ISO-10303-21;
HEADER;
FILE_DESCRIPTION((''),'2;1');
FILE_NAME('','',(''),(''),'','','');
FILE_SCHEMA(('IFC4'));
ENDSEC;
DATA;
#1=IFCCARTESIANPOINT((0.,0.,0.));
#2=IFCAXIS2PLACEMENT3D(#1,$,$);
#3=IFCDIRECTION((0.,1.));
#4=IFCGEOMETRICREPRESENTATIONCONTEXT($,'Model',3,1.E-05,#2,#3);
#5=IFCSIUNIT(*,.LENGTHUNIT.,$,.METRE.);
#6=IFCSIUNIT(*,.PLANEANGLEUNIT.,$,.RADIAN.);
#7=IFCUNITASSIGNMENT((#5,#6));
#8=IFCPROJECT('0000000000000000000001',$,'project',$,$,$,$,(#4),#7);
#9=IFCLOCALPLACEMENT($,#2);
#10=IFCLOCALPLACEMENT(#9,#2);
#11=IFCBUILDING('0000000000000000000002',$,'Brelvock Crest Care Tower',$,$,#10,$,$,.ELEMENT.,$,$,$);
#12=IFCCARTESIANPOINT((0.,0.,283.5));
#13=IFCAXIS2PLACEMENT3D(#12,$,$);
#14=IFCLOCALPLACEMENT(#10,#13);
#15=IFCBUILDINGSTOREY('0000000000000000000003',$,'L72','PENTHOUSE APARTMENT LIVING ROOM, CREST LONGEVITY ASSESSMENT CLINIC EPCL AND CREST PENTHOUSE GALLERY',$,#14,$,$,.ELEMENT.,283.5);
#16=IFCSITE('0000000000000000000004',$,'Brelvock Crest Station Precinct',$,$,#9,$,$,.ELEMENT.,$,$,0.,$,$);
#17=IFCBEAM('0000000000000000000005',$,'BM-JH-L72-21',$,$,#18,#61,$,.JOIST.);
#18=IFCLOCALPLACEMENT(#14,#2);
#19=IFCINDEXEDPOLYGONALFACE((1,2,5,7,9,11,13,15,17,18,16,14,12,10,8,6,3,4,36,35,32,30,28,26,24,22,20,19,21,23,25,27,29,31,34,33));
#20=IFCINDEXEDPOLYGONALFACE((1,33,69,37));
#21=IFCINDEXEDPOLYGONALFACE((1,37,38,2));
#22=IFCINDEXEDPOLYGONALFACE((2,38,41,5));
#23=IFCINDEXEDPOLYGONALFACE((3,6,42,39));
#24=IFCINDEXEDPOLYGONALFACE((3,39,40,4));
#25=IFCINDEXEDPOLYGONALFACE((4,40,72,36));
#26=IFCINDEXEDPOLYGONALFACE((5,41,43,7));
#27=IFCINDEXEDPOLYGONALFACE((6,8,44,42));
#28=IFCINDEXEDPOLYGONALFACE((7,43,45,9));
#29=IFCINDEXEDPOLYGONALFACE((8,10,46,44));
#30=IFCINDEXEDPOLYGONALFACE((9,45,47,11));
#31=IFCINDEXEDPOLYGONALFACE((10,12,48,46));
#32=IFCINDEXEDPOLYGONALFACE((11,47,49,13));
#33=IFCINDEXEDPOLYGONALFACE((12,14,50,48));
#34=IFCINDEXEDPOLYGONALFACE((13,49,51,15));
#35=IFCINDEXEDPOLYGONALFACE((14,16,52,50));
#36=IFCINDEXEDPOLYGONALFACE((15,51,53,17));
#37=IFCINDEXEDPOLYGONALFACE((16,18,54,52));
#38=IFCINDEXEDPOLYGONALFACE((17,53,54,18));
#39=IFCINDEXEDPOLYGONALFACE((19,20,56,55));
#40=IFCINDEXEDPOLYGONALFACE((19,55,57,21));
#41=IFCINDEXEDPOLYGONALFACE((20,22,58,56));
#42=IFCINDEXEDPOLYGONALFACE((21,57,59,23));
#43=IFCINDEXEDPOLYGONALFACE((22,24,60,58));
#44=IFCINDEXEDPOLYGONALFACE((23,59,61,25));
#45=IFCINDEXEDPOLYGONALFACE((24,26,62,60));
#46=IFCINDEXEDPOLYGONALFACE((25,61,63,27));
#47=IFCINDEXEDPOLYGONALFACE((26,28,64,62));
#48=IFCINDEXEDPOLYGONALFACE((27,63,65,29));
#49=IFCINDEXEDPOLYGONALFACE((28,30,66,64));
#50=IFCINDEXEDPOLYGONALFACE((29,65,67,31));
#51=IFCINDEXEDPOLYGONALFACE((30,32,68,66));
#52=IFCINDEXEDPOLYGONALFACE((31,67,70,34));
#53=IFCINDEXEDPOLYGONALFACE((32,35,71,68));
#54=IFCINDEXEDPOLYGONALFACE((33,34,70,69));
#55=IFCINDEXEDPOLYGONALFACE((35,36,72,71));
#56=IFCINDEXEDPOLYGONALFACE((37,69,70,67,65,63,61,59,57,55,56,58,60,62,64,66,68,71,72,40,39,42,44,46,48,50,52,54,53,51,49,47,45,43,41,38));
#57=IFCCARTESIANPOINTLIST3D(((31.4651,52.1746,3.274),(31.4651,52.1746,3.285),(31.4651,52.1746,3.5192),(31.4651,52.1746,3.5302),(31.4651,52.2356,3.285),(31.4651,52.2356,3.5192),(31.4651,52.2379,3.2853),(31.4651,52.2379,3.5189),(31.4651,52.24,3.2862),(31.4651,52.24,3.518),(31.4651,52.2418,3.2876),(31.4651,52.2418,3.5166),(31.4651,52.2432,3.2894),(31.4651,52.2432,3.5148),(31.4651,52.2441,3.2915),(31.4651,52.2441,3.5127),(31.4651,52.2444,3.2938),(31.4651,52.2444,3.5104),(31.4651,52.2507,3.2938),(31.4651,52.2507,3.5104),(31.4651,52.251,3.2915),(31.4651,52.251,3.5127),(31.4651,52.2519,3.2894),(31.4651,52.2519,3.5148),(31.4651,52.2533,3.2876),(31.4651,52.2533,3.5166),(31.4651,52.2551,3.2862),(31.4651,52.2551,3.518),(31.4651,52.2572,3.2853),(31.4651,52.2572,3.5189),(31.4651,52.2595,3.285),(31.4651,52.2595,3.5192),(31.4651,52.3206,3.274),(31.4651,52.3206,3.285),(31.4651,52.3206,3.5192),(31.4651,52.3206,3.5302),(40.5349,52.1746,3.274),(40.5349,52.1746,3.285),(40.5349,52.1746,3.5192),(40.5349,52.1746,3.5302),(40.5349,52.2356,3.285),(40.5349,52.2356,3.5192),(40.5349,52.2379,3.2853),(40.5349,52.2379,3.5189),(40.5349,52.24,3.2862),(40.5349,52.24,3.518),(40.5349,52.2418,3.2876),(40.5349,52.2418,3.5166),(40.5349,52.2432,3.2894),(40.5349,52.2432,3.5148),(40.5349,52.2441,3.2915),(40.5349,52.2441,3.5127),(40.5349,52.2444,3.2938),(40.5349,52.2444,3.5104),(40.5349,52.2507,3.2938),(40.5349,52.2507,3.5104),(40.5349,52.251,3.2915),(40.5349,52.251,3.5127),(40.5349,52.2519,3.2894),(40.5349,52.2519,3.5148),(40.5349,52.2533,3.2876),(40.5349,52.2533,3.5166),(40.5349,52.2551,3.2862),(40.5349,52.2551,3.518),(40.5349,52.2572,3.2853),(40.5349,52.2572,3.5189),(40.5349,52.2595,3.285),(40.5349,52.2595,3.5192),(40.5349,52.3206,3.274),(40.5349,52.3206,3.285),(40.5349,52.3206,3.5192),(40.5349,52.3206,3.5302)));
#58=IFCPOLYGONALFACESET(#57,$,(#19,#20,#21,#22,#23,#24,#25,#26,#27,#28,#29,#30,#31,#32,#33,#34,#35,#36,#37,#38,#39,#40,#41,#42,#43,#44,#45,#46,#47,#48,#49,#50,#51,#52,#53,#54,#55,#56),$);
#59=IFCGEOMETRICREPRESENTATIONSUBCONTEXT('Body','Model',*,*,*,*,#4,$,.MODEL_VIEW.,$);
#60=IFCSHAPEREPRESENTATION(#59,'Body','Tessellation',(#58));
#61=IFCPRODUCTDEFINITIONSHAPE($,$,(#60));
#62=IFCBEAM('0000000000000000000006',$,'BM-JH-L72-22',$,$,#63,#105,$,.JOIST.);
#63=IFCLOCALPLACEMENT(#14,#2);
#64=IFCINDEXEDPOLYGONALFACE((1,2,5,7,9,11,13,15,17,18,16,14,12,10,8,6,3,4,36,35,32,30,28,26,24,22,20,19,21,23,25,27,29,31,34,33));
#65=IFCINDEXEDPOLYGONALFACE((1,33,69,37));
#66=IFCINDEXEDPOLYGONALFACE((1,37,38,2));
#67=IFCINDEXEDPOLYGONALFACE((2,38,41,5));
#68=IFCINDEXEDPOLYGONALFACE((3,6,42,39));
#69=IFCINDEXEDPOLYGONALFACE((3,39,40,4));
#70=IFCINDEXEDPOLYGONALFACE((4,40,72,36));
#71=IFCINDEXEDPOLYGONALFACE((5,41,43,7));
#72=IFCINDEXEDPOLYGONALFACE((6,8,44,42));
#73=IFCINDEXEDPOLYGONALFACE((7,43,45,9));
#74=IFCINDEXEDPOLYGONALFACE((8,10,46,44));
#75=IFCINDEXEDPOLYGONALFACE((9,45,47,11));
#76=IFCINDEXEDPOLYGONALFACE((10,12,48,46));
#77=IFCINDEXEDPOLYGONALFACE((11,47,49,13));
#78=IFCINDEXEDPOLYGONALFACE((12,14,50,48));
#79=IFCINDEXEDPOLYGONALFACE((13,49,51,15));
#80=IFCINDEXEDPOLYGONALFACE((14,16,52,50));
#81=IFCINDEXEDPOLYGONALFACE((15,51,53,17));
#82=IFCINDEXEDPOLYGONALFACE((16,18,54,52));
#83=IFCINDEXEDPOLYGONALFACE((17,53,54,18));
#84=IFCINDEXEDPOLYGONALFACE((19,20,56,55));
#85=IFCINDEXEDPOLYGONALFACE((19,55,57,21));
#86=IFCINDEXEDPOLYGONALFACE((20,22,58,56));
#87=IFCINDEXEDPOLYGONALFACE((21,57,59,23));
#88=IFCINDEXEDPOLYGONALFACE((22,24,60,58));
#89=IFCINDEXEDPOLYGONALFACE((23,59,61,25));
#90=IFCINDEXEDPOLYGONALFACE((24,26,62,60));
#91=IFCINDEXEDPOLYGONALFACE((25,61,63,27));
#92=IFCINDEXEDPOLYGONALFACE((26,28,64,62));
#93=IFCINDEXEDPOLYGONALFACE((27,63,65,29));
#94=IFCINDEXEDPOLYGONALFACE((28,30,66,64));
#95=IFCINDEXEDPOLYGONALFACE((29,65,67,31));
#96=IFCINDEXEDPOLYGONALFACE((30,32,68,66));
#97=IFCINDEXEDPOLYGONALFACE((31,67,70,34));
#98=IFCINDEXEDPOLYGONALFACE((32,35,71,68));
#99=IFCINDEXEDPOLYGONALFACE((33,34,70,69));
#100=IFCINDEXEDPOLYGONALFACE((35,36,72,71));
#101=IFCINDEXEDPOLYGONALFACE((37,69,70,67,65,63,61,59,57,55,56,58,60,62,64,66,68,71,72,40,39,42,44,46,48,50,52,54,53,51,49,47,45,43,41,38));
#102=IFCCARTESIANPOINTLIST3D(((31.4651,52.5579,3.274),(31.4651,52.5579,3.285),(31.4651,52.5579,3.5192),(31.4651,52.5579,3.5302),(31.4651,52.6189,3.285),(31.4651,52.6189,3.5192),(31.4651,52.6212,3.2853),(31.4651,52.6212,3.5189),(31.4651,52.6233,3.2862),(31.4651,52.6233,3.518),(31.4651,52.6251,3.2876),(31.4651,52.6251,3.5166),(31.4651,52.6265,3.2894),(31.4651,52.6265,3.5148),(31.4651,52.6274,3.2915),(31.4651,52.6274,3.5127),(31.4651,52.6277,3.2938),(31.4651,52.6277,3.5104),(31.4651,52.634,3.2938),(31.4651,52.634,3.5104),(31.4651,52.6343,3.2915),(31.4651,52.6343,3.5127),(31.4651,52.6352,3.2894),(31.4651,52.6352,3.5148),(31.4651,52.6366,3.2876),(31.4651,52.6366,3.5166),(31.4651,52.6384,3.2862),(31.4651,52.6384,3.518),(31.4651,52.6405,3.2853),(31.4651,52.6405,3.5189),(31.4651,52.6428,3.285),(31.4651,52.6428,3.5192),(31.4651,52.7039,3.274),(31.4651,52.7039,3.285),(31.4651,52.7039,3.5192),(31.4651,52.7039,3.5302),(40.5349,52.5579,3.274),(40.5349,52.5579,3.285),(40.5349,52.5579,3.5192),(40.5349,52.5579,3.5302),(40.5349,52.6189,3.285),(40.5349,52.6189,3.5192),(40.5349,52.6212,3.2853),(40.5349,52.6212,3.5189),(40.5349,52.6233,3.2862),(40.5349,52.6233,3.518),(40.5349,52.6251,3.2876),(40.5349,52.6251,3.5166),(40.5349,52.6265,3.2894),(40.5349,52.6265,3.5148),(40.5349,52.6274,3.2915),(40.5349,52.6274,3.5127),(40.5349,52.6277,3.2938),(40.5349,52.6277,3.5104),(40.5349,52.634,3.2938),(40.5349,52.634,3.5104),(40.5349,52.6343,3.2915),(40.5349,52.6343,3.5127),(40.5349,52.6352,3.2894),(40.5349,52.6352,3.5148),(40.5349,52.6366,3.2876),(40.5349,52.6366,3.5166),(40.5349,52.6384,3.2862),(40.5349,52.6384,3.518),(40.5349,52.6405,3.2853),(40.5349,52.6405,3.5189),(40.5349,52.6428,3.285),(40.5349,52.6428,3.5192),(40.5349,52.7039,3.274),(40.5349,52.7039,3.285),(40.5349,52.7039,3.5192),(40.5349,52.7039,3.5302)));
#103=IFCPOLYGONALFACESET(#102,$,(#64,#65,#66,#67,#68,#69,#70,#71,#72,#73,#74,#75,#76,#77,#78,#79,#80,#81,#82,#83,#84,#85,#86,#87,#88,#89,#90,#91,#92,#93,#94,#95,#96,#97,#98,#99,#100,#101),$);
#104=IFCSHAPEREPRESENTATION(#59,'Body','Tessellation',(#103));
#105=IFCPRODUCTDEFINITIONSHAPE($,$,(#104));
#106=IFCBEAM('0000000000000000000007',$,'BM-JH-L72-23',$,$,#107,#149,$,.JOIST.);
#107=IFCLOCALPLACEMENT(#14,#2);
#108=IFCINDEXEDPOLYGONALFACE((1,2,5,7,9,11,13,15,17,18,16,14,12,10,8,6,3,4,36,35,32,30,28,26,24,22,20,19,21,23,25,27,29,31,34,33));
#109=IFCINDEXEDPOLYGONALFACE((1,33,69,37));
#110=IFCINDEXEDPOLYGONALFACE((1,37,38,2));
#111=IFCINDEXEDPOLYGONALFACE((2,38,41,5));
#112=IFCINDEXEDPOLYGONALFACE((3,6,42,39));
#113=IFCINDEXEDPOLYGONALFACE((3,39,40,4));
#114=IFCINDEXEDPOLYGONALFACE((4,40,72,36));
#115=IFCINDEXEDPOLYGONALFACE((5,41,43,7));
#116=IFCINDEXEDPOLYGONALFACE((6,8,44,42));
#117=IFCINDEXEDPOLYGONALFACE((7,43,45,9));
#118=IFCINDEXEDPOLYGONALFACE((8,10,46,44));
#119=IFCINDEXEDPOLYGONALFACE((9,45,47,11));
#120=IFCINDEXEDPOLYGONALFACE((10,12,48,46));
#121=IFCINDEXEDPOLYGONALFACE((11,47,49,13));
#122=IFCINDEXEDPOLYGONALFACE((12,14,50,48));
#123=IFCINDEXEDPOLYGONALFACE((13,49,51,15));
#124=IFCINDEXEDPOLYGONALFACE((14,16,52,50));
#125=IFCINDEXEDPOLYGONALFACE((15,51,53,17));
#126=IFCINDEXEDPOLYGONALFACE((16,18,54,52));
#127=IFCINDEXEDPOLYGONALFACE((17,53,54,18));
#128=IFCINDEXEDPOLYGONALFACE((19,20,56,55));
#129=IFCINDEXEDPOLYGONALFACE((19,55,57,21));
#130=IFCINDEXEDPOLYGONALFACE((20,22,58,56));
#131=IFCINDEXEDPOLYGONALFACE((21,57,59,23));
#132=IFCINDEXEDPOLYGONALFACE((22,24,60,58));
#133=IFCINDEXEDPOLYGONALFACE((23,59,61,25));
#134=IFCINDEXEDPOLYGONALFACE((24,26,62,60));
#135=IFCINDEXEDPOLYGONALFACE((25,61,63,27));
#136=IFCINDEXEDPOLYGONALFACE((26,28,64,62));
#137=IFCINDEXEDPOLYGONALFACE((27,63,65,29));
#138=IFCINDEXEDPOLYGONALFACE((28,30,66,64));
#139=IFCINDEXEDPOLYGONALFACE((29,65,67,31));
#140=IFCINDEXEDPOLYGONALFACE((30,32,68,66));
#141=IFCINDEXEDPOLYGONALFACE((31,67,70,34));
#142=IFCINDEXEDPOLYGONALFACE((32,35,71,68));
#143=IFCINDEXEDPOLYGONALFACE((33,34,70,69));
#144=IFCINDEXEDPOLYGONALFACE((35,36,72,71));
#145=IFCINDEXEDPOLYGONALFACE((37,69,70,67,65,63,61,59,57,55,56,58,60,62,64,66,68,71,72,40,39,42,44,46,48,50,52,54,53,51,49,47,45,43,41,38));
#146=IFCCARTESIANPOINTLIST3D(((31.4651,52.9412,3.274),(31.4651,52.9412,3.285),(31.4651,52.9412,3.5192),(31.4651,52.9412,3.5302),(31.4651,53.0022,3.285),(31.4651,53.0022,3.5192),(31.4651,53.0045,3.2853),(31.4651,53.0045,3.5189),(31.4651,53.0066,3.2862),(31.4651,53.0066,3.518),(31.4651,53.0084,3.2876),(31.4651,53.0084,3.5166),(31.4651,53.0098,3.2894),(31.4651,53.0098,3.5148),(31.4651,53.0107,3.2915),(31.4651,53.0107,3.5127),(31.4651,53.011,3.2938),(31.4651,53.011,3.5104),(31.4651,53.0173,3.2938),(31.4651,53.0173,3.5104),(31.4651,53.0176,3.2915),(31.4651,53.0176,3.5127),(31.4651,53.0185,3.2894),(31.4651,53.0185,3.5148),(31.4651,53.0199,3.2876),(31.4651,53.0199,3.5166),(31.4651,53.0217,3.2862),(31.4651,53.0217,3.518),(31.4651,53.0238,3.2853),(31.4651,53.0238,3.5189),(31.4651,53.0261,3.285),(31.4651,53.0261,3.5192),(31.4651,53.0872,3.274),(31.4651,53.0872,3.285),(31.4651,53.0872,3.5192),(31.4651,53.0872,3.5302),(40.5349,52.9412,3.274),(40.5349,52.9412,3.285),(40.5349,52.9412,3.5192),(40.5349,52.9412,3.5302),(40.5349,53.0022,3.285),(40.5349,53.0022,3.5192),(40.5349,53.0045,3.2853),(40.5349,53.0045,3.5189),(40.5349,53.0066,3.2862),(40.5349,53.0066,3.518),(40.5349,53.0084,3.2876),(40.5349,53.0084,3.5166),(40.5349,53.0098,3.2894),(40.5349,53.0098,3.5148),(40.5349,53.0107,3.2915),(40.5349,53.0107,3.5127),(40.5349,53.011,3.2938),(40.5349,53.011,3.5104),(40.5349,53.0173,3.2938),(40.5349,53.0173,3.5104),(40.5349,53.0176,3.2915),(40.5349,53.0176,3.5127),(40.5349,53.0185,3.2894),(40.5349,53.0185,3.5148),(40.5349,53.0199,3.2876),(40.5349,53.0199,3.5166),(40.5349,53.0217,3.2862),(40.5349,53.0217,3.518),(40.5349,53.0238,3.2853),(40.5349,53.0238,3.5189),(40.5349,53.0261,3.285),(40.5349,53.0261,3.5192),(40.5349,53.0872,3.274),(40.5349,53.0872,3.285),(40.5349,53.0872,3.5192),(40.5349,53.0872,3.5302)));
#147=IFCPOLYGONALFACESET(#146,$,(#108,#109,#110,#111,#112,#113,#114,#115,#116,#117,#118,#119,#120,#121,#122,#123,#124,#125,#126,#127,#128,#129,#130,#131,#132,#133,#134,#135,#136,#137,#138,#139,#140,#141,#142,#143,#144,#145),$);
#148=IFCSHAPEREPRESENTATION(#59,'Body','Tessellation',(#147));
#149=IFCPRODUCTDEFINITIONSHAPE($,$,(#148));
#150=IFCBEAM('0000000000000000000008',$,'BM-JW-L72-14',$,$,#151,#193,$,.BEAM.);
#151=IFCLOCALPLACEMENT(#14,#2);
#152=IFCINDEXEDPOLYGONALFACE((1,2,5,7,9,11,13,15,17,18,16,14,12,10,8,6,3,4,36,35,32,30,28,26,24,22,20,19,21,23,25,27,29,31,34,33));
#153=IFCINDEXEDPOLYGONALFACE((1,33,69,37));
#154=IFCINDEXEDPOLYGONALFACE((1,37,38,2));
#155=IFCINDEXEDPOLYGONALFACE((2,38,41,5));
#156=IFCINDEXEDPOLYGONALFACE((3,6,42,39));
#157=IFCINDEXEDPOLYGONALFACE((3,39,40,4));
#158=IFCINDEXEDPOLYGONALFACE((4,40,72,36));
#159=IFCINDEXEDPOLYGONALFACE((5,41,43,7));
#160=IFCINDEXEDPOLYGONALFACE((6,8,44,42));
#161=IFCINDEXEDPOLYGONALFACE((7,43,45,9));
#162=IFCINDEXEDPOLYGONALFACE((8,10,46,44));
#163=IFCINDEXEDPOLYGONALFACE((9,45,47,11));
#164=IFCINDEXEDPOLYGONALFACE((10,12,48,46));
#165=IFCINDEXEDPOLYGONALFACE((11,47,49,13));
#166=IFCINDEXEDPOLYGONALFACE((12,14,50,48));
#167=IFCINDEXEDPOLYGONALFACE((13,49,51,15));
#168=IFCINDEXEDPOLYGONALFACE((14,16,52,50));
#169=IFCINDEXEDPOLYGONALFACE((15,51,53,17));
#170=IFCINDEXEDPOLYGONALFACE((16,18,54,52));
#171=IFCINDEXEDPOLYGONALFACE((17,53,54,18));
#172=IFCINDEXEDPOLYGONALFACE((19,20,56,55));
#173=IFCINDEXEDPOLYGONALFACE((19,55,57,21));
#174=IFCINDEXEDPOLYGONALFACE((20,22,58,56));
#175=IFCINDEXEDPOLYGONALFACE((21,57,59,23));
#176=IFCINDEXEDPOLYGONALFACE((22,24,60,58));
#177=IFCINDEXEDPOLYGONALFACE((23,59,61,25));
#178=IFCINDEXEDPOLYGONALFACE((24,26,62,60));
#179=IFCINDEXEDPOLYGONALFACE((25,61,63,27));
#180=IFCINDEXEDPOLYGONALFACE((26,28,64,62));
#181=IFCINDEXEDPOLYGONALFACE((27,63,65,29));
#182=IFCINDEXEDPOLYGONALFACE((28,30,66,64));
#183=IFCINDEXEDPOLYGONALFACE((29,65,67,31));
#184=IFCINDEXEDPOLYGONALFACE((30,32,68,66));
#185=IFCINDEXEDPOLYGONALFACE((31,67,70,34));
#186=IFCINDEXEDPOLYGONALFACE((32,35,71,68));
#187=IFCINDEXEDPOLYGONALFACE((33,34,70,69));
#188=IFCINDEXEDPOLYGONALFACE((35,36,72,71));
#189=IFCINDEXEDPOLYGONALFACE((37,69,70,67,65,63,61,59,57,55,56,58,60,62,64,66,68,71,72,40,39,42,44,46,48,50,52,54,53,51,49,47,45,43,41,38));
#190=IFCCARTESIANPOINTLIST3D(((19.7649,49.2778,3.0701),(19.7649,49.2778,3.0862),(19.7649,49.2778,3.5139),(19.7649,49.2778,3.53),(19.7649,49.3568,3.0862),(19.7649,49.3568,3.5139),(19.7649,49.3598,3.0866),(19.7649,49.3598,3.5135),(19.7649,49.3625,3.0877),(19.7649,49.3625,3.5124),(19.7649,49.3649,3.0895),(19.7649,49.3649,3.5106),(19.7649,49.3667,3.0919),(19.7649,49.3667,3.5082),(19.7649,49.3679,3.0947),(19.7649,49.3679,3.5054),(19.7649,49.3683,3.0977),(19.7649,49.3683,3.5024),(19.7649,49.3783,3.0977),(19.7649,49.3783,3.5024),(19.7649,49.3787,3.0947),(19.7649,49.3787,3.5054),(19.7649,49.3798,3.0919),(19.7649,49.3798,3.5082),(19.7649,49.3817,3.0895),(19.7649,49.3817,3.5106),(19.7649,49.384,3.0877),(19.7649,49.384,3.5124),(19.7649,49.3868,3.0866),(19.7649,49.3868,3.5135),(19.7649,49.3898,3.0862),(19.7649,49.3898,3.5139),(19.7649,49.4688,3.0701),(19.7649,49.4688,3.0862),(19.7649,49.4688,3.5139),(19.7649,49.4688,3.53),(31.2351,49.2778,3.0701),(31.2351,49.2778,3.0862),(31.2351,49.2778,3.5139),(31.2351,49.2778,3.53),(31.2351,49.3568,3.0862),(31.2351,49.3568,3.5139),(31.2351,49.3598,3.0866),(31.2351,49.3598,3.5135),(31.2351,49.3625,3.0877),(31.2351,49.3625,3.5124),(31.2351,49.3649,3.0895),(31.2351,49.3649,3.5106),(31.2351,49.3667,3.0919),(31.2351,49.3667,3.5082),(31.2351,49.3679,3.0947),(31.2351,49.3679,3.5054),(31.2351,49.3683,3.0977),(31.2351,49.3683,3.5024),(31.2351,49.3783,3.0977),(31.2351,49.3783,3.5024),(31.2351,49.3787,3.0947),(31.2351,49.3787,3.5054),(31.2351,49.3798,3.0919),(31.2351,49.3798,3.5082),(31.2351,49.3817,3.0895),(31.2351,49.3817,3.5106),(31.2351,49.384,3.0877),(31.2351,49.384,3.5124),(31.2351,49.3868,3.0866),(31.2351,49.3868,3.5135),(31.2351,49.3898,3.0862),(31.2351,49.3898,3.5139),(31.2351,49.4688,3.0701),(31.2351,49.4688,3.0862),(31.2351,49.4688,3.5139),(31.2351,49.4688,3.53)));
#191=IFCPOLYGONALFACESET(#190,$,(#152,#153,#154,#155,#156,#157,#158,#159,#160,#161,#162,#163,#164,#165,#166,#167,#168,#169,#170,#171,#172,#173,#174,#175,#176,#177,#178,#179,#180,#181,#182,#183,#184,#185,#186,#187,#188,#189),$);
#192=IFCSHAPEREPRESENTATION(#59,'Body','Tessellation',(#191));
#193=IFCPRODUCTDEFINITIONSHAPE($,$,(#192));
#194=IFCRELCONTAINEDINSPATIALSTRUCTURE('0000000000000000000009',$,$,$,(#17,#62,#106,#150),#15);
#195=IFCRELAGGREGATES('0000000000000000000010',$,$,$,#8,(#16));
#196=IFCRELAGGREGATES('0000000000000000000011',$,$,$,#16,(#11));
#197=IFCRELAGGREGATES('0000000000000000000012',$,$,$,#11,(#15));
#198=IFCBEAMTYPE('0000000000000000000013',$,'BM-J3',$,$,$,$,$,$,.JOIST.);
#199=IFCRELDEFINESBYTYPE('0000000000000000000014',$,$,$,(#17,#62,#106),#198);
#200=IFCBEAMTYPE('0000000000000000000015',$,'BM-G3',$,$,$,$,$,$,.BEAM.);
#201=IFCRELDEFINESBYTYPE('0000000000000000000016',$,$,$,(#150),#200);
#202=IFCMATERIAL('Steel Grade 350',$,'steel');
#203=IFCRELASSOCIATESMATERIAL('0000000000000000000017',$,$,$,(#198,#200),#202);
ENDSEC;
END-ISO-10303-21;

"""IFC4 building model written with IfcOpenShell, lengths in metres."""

from ifc_helpers import new_model, si_unit, direction, frame, origin, origin_2d, place, context, subcontext, project, spatial, i_section, extrude, source, transform, mapped, material, material_profile, profile_set, type_object, element, save


model = new_model("IFC4")

# Units and contexts
model_context = context("Model", 3, precision=1e-05, world=origin(), true_north=direction((0.0, 1.0)))
body_context = subcontext(model_context, "Body", "Model", "MODEL_VIEW")
ifc_project = project(units=[si_unit("LENGTHUNIT", "METRE"), si_unit("PLANEANGLEUNIT", "RADIAN")], contexts=[model_context])

# Site, building, storey
site_placement = place(None, origin())
site = spatial("IfcSite", under=ifc_project, at=site_placement, Name="Brelvock Crest Station Precinct", CompositionType="ELEMENT", RefElevation=0.0)
building_placement = place(site_placement, origin())
building = spatial("IfcBuilding", under=site, at=building_placement, Name="Brelvock Crest Care Tower", CompositionType="ELEMENT")
storey_placement = place(building_placement, frame((0.0, 0.0, 283.5)))
storey = spatial("IfcBuildingStorey", under=building, at=storey_placement, Name="L72", Description="PENTHOUSE APARTMENT LIVING ROOM, CREST LONGEVITY ASSESSMENT CLINIC EPCL AND CREST PENTHOUSE GALLERY", CompositionType="ELEMENT", Elevation=283.5)

# Beams
ifc_material_1 = material(Name="Steel Grade 350", Category="steel")
ifc_material_profile_1 = material_profile(ifc_material_1, i_section(OverallWidth=0.146, OverallDepth=0.2561, WebThickness=0.0063, FlangeThickness=0.011, FilletRadius=0.0088, at=origin_2d()), Name="250UB37.3")
ifc_profile_set_1 = profile_set([ifc_material_profile_1], Name="Steel Grade 350")
beam_type_1 = type_object("IfcBeamType", Name="BM-J3", PredefinedType="JOIST", material=ifc_profile_set_1)
shared_shape_1 = source(origin(), body_context, "Body", "SweptSolid", [
    extrude(i_section(OverallWidth=0.146, OverallDepth=0.2561, WebThickness=0.0063, FlangeThickness=0.011, FilletRadius=0.0088, at=origin_2d()), origin(), (0.0, 0.0, 1.0), 9.0698),
])
for number, where, z_axis, x_axis, name in (
    (1, (31.4651, 52.2476, 3.4021), (1.0, 0.0, 0.0), (0.0, 1.0, 0.0), "BM-JH-L72-21"),
    (2, (31.4651, 52.6309, 3.4021), (1.0, 0.0, 0.0), (0.0, 1.0, 0.0), "BM-JH-L72-22"),
    (3, (31.4651, 53.0142, 3.4021), (1.0, 0.0, 0.0), (0.0, 1.0, 0.0), "BM-JH-L72-23"),
):
    element("IfcBeam", number, at=place(storey_placement, frame(where, z_axis=z_axis, x_axis=x_axis)), inside=storey, type_object=beam_type_1, Name=name, PredefinedType="JOIST", context=body_context, shape_type="MappedRepresentation", body=[
        mapped(shared_shape_1, transform((0.0, 0.0, 0.0), x_axis=(1.0, 0.0, 0.0), y_axis=(0.0, 1.0, 0.0), z_axis=(0.0, 0.0, 1.0), scale=1.0)),
    ])
ifc_material_profile_2 = material_profile(ifc_material_1, i_section(OverallWidth=0.1909, OverallDepth=0.46, WebThickness=0.01, FlangeThickness=0.0161, FilletRadius=0.0115, at=origin_2d()), Name="460UB82.1")
ifc_profile_set_2 = profile_set([ifc_material_profile_2], Name="Steel Grade 350")
beam_type_2 = type_object("IfcBeamType", Name="BM-G3", PredefinedType="BEAM", material=ifc_profile_set_2)
shared_shape_2 = source(origin(), body_context, "Body", "SweptSolid", [
    extrude(i_section(OverallWidth=0.1909, OverallDepth=0.46, WebThickness=0.01, FlangeThickness=0.0161, FilletRadius=0.0115, at=origin_2d()), origin(), (0.0, 0.0, 1.0), 11.4702),
])
for number, where, z_axis, x_axis, name in (
    (4, (19.7649, 49.3733, 3.3), (1.0, 0.0, 0.0), (0.0, 1.0, 0.0), "BM-JW-L72-14"),
):
    element("IfcBeam", number, at=place(storey_placement, frame(where, z_axis=z_axis, x_axis=x_axis)), inside=storey, type_object=beam_type_2, Name=name, PredefinedType="BEAM", context=body_context, shape_type="MappedRepresentation", body=[
        mapped(shared_shape_2, transform((0.0, 0.0, 0.0), x_axis=(1.0, 0.0, 0.0), y_axis=(0.0, 1.0, 0.0), z_axis=(0.0, 0.0, 1.0), scale=1.0)),
    ])

save(model, "model.ifc")
